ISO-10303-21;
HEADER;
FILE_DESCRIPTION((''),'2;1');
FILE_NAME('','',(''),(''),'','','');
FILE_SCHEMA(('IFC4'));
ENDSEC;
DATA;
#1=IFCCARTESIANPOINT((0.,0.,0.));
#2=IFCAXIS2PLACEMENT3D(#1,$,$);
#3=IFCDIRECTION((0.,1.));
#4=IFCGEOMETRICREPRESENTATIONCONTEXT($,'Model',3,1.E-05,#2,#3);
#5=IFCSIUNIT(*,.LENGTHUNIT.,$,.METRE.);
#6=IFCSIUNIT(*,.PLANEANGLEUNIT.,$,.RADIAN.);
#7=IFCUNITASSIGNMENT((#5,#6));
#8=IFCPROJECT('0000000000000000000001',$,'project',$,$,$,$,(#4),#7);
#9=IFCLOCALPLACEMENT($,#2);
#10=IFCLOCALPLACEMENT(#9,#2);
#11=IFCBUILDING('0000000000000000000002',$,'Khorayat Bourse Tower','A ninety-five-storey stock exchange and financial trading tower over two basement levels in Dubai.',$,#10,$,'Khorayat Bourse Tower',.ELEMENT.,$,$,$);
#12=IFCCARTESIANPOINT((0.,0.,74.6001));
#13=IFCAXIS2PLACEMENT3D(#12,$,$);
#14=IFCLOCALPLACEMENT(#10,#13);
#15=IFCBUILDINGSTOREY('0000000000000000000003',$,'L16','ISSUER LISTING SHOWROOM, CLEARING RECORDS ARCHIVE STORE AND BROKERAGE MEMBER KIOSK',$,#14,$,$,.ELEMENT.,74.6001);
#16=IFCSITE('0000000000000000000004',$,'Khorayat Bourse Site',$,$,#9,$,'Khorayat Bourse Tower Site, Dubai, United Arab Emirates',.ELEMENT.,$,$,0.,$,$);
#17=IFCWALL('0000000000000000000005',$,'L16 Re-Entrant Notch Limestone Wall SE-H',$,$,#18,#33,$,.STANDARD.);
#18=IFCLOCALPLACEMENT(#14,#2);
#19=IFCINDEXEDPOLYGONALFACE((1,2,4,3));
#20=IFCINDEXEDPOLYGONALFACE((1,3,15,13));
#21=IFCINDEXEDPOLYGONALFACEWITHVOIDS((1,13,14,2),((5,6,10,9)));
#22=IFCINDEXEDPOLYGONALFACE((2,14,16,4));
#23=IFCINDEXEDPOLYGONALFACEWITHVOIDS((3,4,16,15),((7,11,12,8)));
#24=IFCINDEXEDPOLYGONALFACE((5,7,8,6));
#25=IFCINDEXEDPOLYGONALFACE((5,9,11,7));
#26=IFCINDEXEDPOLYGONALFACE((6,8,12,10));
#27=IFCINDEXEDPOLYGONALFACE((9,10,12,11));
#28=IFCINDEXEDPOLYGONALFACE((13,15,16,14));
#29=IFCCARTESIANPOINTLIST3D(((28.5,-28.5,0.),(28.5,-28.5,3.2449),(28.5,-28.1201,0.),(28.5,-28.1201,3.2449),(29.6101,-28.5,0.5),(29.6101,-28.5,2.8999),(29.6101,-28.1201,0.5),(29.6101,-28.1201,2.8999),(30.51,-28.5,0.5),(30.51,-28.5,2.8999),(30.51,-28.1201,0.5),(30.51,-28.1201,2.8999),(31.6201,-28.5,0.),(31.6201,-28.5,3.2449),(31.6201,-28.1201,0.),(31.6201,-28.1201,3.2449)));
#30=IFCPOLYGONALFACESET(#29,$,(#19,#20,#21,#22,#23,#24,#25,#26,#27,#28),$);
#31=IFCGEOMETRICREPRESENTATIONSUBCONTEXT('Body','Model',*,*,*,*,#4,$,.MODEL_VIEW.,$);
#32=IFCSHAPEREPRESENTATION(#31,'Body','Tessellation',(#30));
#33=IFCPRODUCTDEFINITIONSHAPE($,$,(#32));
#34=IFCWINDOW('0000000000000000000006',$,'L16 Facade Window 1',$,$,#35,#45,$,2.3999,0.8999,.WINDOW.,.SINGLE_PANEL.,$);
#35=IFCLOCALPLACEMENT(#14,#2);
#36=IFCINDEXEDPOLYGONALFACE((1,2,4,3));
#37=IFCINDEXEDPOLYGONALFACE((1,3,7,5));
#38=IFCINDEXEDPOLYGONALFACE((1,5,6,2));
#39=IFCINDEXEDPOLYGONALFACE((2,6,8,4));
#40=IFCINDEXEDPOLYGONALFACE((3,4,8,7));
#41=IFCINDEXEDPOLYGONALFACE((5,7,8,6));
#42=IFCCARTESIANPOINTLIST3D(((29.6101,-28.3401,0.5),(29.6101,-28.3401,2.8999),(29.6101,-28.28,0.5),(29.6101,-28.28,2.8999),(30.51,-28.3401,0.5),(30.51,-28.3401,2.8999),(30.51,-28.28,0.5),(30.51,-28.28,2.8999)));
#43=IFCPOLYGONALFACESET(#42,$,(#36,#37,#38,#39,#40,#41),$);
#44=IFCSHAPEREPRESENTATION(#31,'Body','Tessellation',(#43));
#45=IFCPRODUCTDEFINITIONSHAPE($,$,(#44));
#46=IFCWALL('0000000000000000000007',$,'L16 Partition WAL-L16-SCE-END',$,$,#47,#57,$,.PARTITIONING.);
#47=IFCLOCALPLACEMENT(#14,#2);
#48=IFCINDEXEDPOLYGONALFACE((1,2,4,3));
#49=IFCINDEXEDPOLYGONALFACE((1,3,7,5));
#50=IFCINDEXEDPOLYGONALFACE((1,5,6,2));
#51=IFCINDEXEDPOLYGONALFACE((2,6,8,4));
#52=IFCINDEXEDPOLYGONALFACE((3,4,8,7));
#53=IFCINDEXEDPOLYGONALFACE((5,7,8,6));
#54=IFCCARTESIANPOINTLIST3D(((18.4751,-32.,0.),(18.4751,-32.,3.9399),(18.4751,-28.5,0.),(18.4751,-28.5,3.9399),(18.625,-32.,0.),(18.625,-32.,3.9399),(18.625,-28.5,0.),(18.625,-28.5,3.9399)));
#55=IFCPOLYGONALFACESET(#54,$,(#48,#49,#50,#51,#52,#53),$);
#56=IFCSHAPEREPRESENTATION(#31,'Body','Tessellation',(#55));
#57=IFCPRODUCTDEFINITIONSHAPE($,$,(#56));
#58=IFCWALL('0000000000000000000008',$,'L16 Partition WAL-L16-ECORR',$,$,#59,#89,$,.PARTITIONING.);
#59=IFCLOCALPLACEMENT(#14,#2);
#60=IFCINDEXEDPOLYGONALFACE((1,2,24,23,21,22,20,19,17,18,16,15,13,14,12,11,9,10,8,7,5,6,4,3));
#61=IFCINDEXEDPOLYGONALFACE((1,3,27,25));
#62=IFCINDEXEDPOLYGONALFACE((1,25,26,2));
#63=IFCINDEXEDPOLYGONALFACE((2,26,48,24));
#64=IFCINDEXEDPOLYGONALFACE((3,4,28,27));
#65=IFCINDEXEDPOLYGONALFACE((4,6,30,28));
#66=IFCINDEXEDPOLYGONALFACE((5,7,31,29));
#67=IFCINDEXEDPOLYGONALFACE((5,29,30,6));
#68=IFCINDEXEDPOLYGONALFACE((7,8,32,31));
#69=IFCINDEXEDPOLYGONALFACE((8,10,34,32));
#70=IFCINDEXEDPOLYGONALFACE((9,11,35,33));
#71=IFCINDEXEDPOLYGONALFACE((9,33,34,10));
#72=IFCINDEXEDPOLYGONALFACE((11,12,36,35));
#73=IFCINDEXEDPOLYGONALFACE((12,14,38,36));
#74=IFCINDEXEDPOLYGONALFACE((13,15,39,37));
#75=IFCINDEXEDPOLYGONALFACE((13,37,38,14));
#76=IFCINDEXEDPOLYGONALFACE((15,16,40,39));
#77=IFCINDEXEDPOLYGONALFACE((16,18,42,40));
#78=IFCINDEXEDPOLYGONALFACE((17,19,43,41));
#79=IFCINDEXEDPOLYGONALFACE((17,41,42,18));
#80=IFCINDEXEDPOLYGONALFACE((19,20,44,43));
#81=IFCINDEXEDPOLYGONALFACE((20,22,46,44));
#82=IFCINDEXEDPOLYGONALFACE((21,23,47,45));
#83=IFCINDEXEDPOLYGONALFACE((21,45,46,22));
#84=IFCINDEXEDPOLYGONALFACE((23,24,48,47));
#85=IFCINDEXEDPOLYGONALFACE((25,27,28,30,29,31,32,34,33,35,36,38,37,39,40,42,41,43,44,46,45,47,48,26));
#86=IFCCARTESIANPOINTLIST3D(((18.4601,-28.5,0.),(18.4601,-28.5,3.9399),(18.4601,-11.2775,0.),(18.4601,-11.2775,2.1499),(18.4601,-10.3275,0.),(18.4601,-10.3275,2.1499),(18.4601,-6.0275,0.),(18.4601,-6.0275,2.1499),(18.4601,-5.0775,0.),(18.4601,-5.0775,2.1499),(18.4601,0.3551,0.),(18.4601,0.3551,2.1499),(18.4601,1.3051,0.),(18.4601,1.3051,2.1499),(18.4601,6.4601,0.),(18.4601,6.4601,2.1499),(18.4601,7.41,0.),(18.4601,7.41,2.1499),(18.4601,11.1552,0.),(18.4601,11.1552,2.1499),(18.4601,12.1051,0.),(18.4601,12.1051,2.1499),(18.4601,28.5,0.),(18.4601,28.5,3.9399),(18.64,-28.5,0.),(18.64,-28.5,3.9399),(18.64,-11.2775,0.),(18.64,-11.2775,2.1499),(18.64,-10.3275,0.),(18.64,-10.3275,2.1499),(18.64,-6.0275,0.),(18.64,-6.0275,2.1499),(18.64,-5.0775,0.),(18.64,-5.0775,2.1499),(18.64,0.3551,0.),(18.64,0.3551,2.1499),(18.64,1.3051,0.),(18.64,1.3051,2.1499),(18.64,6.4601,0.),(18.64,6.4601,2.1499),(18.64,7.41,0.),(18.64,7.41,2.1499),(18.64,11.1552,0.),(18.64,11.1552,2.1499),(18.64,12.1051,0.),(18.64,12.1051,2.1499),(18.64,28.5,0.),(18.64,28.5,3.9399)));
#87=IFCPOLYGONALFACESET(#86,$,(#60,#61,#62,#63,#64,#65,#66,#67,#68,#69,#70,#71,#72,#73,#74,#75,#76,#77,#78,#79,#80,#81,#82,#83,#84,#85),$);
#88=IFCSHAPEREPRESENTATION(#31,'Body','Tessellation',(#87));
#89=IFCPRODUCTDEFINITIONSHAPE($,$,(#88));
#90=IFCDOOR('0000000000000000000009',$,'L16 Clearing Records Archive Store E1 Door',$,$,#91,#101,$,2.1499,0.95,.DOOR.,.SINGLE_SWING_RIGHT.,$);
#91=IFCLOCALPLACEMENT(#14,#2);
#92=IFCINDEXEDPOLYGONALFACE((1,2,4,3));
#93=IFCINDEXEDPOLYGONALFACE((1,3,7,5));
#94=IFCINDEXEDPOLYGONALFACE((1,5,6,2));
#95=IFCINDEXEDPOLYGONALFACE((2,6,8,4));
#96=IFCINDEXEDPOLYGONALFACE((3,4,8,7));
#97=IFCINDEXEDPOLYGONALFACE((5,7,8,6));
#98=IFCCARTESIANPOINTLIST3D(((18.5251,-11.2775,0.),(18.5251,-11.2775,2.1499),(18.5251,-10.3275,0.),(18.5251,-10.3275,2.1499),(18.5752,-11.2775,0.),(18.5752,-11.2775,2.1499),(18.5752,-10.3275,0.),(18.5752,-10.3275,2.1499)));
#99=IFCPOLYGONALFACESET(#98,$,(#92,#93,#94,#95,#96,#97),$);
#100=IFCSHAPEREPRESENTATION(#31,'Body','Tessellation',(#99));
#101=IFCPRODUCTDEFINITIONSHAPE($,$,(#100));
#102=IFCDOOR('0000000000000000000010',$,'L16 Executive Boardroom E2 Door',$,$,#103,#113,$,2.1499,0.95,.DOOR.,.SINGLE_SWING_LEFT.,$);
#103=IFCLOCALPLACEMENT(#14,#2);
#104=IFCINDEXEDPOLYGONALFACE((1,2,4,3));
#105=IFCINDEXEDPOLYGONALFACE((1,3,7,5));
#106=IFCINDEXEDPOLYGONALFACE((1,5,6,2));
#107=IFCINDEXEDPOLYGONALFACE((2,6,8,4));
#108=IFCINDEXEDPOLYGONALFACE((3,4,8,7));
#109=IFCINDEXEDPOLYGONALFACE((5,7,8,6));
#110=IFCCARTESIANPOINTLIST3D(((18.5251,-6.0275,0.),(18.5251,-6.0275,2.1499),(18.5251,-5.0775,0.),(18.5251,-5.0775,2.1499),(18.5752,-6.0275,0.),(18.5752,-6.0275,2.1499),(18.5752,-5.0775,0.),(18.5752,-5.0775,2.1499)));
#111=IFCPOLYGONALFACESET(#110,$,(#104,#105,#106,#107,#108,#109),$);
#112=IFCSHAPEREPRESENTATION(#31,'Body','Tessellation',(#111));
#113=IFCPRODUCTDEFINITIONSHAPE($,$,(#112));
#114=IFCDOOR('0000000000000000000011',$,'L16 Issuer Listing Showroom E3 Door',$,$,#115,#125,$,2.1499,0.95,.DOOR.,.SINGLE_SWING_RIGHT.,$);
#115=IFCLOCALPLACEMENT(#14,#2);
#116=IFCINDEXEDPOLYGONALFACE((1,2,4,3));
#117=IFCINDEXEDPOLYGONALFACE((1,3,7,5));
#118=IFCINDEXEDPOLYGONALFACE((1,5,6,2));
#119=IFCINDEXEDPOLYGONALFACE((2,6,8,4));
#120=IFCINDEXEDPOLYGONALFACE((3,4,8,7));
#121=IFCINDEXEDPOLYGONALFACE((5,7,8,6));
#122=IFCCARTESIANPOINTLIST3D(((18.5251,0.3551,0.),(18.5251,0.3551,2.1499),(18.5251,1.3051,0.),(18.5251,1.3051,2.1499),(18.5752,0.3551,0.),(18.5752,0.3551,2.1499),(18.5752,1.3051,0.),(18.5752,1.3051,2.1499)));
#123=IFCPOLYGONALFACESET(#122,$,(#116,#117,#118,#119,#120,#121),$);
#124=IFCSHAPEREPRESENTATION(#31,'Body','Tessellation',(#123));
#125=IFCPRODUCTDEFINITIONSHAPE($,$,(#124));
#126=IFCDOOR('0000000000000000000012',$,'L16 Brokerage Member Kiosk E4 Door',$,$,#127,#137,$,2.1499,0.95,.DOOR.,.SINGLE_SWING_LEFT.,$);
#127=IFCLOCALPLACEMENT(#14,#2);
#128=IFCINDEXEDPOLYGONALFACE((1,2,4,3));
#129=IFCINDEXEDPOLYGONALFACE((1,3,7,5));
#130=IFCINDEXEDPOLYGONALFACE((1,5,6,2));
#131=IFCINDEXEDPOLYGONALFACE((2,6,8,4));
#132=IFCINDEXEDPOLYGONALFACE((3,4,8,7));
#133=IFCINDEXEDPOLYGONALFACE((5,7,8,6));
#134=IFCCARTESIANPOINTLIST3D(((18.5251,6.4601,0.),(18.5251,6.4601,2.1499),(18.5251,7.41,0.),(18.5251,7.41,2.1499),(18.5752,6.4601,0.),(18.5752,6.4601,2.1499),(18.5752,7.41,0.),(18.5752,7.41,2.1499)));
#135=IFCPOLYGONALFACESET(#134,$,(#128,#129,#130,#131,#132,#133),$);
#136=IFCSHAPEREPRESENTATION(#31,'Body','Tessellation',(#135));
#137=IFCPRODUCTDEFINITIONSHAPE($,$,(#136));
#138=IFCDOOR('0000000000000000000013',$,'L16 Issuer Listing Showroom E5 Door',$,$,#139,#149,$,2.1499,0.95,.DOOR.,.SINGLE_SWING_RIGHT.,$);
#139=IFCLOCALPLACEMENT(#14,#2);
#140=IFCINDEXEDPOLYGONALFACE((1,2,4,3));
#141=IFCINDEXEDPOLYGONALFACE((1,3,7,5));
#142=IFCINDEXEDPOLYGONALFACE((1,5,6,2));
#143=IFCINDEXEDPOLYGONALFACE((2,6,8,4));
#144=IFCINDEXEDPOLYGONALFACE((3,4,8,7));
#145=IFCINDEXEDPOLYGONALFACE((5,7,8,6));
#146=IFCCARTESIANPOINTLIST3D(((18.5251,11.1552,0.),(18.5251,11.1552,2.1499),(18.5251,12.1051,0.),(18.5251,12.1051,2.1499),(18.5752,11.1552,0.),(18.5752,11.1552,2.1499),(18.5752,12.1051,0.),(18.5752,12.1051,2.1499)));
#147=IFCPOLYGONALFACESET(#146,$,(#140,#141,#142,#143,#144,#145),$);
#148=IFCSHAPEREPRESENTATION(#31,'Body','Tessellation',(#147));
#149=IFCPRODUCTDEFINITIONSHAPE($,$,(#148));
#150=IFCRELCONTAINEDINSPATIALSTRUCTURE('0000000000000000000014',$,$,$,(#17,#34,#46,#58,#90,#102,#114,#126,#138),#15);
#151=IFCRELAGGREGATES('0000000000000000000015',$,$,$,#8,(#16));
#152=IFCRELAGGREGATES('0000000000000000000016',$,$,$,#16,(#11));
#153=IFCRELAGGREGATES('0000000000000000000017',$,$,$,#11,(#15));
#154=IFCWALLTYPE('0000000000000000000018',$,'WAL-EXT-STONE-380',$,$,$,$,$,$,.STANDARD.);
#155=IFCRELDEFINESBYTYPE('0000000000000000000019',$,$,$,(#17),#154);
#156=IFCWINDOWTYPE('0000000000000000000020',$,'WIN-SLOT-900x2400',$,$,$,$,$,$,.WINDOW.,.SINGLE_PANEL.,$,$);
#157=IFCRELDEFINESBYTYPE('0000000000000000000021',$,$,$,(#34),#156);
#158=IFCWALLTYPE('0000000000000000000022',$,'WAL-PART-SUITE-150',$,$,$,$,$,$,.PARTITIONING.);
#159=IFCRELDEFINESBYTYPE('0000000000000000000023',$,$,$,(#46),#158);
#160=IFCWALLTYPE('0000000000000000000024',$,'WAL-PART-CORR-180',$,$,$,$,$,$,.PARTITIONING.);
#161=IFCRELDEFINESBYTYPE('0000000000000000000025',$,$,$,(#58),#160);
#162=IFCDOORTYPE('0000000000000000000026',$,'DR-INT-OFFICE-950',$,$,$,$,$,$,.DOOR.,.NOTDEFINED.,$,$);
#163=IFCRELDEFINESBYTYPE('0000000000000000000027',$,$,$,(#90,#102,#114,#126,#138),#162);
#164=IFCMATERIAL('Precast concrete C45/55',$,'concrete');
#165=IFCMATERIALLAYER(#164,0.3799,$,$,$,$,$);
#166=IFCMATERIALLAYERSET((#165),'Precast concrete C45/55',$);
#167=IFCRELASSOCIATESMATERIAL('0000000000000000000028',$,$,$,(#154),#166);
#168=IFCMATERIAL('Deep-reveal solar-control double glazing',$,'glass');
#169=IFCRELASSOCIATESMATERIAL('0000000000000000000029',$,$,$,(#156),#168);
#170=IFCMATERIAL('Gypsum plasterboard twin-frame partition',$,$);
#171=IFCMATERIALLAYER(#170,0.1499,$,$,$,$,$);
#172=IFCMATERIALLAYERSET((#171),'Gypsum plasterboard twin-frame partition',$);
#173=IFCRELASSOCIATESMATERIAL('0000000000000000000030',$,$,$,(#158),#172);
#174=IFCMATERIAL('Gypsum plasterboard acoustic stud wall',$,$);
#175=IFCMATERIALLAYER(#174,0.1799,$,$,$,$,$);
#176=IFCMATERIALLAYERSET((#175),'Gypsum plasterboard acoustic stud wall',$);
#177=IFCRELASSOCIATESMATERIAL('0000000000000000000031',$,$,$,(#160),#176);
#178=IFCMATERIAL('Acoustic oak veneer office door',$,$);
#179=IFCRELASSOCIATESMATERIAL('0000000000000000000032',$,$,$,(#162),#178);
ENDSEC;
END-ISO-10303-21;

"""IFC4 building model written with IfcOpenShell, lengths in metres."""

from ifc_helpers import new_model, si_unit, direction, frame, frame_2d, origin, place, context, subcontext, project, spatial, rectangle, extrude, source, transform, mapped, material, layer, layer_set, type_object, element, fill, save


model = new_model("IFC4")

# Units and contexts
model_context = context("Model", 3, precision=1e-05, world=origin(), true_north=direction((0.0, 1.0)))
body_context = subcontext(model_context, "Body", "Model", "MODEL_VIEW")
ifc_project = project(units=[si_unit("LENGTHUNIT", "METRE"), si_unit("PLANEANGLEUNIT", "RADIAN")], contexts=[model_context])

# Site, building, storey
site_placement = place(None, origin())
site = spatial("IfcSite", under=ifc_project, at=site_placement, Name="Khorayat Bourse Site", LongName="Khorayat Bourse Tower Site, Dubai, United Arab Emirates", CompositionType="ELEMENT", RefElevation=0.0)
building_placement = place(site_placement, origin())
building = spatial("IfcBuilding", under=site, at=building_placement, Name="Khorayat Bourse Tower", Description="A ninety-five-storey stock exchange and financial trading tower over two basement levels in Dubai.", LongName="Khorayat Bourse Tower", CompositionType="ELEMENT")
storey_placement = place(building_placement, frame((0.0, 0.0, 74.6001)))
storey = spatial("IfcBuildingStorey", under=building, at=storey_placement, Name="L16", Description="ISSUER LISTING SHOWROOM, CLEARING RECORDS ARCHIVE STORE AND BROKERAGE MEMBER KIOSK", CompositionType="ELEMENT", Elevation=74.6001)

# Wall, opening, window
ifc_material_1 = material(Name="Precast concrete C45/55", Category="concrete")
ifc_layer_1 = layer(ifc_material_1, 0.3799)
ifc_layer_set_1 = layer_set([ifc_layer_1], Name="Precast concrete C45/55")
wall_type_1 = type_object("IfcWallType", Name="WAL-EXT-STONE-380", PredefinedType="STANDARD", material=ifc_layer_set_1)
shared_shape_1 = source(origin(), body_context, "Body", "SweptSolid", [
    extrude(rectangle(XDim=3.1201, YDim=0.3799, at=frame_2d((1.5601, 0.0))), origin(), (0.0, 0.0, 1.0), 3.2449),
])
shared_shape_2 = source(origin(), body_context, "Body", "SweptSolid", [
    extrude(rectangle(XDim=0.8999, YDim=2.3999, at=frame_2d((0.45, 1.2))), frame((0.0, 0.2, 0.0), z_axis=(0.0, -1.0, 0.0), x_axis=(1.0, 0.0, 0.0)), (0.0, 0.0, 1.0), 0.3999),
])
ifc_material_2 = material(Name="Deep-reveal solar-control double glazing", Category="glass")
window_type = type_object("IfcWindowType", Name="WIN-SLOT-900x2400", PartitioningType="SINGLE_PANEL", PredefinedType="WINDOW", material=ifc_material_2)
shared_shape_3 = source(origin(), body_context, "Body", "SweptSolid", [
    extrude(rectangle(XDim=0.8999, YDim=2.3999, at=frame_2d((0.45, 1.2))), frame((0.0, 0.03, 0.0), z_axis=(0.0, -1.0, 0.0), x_axis=(1.0, 0.0, 0.0)), (0.0, 0.0, 1.0), 0.0601),
])
wall_1_placement = place(storey_placement, frame((28.5, -28.3101, 0.0), z_axis=(0.0, 0.0, 1.0), x_axis=(1.0, 0.0, 0.0)))
wall_1 = element("IfcWall", 1, at=wall_1_placement, inside=storey, type_object=wall_type_1, Name="L16 Re-Entrant Notch Limestone Wall SE-H", PredefinedType="STANDARD", context=body_context, shape_type="MappedRepresentation", body=[
    mapped(shared_shape_1, transform((0.0, 0.0, 0.0), scale=1.0)),
])
opening_1_placement = place(wall_1_placement, frame((1.1101, 0.0, 0.5)))
opening_1 = element("IfcOpeningElement", 2, at=opening_1_placement, cuts=wall_1, PredefinedType="OPENING", context=body_context, shape_type="MappedRepresentation", body=[
    mapped(shared_shape_2, transform((0.0, 0.0, 0.0), scale=1.0)),
])
window_1_placement = place(opening_1_placement, origin())
window_1 = element("IfcWindow", 3, at=window_1_placement, inside=storey, type_object=window_type, Name="L16 Facade Window 1", OverallHeight=2.3999, OverallWidth=0.8999, PartitioningType="SINGLE_PANEL", PredefinedType="WINDOW", context=body_context, shape_type="MappedRepresentation", body=[
    mapped(shared_shape_3, transform((0.0, 0.0, 0.0), scale=1.0)),
])
fill(opening_1, window_1)

# Wall
ifc_material_3 = material(Name="Gypsum plasterboard twin-frame partition")
ifc_layer_2 = layer(ifc_material_3, 0.1499)
ifc_layer_set_2 = layer_set([ifc_layer_2], Name="Gypsum plasterboard twin-frame partition")
wall_type_2 = type_object("IfcWallType", Name="WAL-PART-SUITE-150", PredefinedType="PARTITIONING", material=ifc_layer_set_2)
shared_shape_4 = source(origin(), body_context, "Body", "SweptSolid", [
    extrude(rectangle(XDim=3.5, YDim=0.1499, at=frame_2d((1.75, 0.0))), origin(), (0.0, 0.0, 1.0), 3.9399),
])
wall_2_placement = place(storey_placement, frame((18.55, -32.0, 0.0), z_axis=(0.0, 0.0, 1.0), x_axis=(0.0, 1.0, 0.0)))
element("IfcWall", 4, at=wall_2_placement, inside=storey, type_object=wall_type_2, Name="L16 Partition WAL-L16-SCE-END", PredefinedType="PARTITIONING", context=body_context, shape_type="MappedRepresentation", body=[
    mapped(shared_shape_4, transform((0.0, 0.0, 0.0), scale=1.0)),
])

# Wall, openings, doors
ifc_material_4 = material(Name="Gypsum plasterboard acoustic stud wall")
ifc_layer_3 = layer(ifc_material_4, 0.1799)
ifc_layer_set_3 = layer_set([ifc_layer_3], Name="Gypsum plasterboard acoustic stud wall")
wall_type_3 = type_object("IfcWallType", Name="WAL-PART-CORR-180", PredefinedType="PARTITIONING", material=ifc_layer_set_3)
shared_shape_5 = source(origin(), body_context, "Body", "SweptSolid", [
    extrude(rectangle(XDim=57.0, YDim=0.1799, at=frame_2d((28.5, 0.0))), origin(), (0.0, 0.0, 1.0), 3.9399),
])
wall_3_placement = place(storey_placement, frame((18.55, -28.5, 0.0), z_axis=(0.0, 0.0, 1.0), x_axis=(0.0, 1.0, 0.0)))
wall_3 = element("IfcWall", 5, at=wall_3_placement, inside=storey, type_object=wall_type_3, Name="L16 Partition WAL-L16-ECORR", PredefinedType="PARTITIONING", context=body_context, shape_type="MappedRepresentation", body=[
    mapped(shared_shape_5, transform((0.0, 0.0, 0.0), scale=1.0)),
])
shared_shape_6 = source(origin(), body_context, "Body", "SweptSolid", [
    extrude(rectangle(XDim=0.95, YDim=2.1499, at=frame_2d((0.4751, 1.075))), frame((0.0, 0.0999, 0.0), z_axis=(0.0, -1.0, 0.0), x_axis=(1.0, 0.0, 0.0)), (0.0, 0.0, 1.0), 0.2),
])
opening_2_placement = place(wall_3_placement, frame((17.2224, 0.0, 0.0)))
opening_2 = element("IfcOpeningElement", 6, at=opening_2_placement, cuts=wall_3, PredefinedType="OPENING", context=body_context, shape_type="MappedRepresentation", body=[
    mapped(shared_shape_6, transform((0.0, 0.0, 0.0), scale=1.0)),
])
opening_3_placement = place(wall_3_placement, frame((22.4724, 0.0, 0.0)))
opening_3 = element("IfcOpeningElement", 7, at=opening_3_placement, cuts=wall_3, PredefinedType="OPENING", context=body_context, shape_type="MappedRepresentation", body=[
    mapped(shared_shape_6, transform((0.0, 0.0, 0.0), scale=1.0)),
])
opening_4_placement = place(wall_3_placement, frame((28.855, 0.0, 0.0)))
opening_4 = element("IfcOpeningElement", 8, at=opening_4_placement, cuts=wall_3, PredefinedType="OPENING", context=body_context, shape_type="MappedRepresentation", body=[
    mapped(shared_shape_6, transform((0.0, 0.0, 0.0), scale=1.0)),
])
opening_5_placement = place(wall_3_placement, frame((34.96, 0.0, 0.0)))
opening_5 = element("IfcOpeningElement", 9, at=opening_5_placement, cuts=wall_3, PredefinedType="OPENING", context=body_context, shape_type="MappedRepresentation", body=[
    mapped(shared_shape_6, transform((0.0, 0.0, 0.0), scale=1.0)),
])
opening_6_placement = place(wall_3_placement, frame((39.655, 0.0, 0.0)))
opening_6 = element("IfcOpeningElement", 10, at=opening_6_placement, cuts=wall_3, PredefinedType="OPENING", context=body_context, shape_type="MappedRepresentation", body=[
    mapped(shared_shape_6, transform((0.0, 0.0, 0.0), scale=1.0)),
])
ifc_material_5 = material(Name="Acoustic oak veneer office door")
door_type = type_object("IfcDoorType", Name="DR-INT-OFFICE-950", OperationType="NOTDEFINED", PredefinedType="DOOR", material=ifc_material_5)
shared_shape_7 = source(origin(), body_context, "Body", "SweptSolid", [
    extrude(rectangle(XDim=0.95, YDim=2.1499, at=frame_2d((0.4751, 1.075))), frame((0.0, 0.0249, 0.0), z_axis=(0.0, -1.0, 0.0), x_axis=(1.0, 0.0, 0.0)), (0.0, 0.0, 1.0), 0.05),
])
door_1_placement = place(opening_2_placement, origin())
door_1 = element("IfcDoor", 11, at=door_1_placement, inside=storey, type_object=door_type, Name="L16 Clearing Records Archive Store E1 Door", OperationType="SINGLE_SWING_RIGHT", OverallHeight=2.1499, OverallWidth=0.95, PredefinedType="DOOR", context=body_context, shape_type="MappedRepresentation", body=[
    mapped(shared_shape_7, transform((0.0, 0.0, 0.0), scale=1.0)),
])
fill(opening_2, door_1)
door_2_placement = place(opening_3_placement, origin())
door_2 = element("IfcDoor", 12, at=door_2_placement, inside=storey, type_object=door_type, Name="L16 Executive Boardroom E2 Door", OperationType="SINGLE_SWING_LEFT", OverallHeight=2.1499, OverallWidth=0.95, PredefinedType="DOOR", context=body_context, shape_type="MappedRepresentation", body=[
    mapped(shared_shape_7, transform((0.0, 0.0, 0.0), scale=1.0)),
])
fill(opening_3, door_2)
door_3_placement = place(opening_4_placement, origin())
door_3 = element("IfcDoor", 13, at=door_3_placement, inside=storey, type_object=door_type, Name="L16 Issuer Listing Showroom E3 Door", OperationType="SINGLE_SWING_RIGHT", OverallHeight=2.1499, OverallWidth=0.95, PredefinedType="DOOR", context=body_context, shape_type="MappedRepresentation", body=[
    mapped(shared_shape_7, transform((0.0, 0.0, 0.0), scale=1.0)),
])
fill(opening_4, door_3)
door_4_placement = place(opening_5_placement, origin())
door_4 = element("IfcDoor", 14, at=door_4_placement, inside=storey, type_object=door_type, Name="L16 Brokerage Member Kiosk E4 Door", OperationType="SINGLE_SWING_LEFT", OverallHeight=2.1499, OverallWidth=0.95, PredefinedType="DOOR", context=body_context, shape_type="MappedRepresentation", body=[
    mapped(shared_shape_7, transform((0.0, 0.0, 0.0), scale=1.0)),
])
fill(opening_5, door_4)
door_5_placement = place(opening_6_placement, origin())
door_5 = element("IfcDoor", 15, at=door_5_placement, inside=storey, type_object=door_type, Name="L16 Issuer Listing Showroom E5 Door", OperationType="SINGLE_SWING_RIGHT", OverallHeight=2.1499, OverallWidth=0.95, PredefinedType="DOOR", context=body_context, shape_type="MappedRepresentation", body=[
    mapped(shared_shape_7, transform((0.0, 0.0, 0.0), scale=1.0)),
])
fill(opening_6, door_5)

save(model, "model.ifc")
